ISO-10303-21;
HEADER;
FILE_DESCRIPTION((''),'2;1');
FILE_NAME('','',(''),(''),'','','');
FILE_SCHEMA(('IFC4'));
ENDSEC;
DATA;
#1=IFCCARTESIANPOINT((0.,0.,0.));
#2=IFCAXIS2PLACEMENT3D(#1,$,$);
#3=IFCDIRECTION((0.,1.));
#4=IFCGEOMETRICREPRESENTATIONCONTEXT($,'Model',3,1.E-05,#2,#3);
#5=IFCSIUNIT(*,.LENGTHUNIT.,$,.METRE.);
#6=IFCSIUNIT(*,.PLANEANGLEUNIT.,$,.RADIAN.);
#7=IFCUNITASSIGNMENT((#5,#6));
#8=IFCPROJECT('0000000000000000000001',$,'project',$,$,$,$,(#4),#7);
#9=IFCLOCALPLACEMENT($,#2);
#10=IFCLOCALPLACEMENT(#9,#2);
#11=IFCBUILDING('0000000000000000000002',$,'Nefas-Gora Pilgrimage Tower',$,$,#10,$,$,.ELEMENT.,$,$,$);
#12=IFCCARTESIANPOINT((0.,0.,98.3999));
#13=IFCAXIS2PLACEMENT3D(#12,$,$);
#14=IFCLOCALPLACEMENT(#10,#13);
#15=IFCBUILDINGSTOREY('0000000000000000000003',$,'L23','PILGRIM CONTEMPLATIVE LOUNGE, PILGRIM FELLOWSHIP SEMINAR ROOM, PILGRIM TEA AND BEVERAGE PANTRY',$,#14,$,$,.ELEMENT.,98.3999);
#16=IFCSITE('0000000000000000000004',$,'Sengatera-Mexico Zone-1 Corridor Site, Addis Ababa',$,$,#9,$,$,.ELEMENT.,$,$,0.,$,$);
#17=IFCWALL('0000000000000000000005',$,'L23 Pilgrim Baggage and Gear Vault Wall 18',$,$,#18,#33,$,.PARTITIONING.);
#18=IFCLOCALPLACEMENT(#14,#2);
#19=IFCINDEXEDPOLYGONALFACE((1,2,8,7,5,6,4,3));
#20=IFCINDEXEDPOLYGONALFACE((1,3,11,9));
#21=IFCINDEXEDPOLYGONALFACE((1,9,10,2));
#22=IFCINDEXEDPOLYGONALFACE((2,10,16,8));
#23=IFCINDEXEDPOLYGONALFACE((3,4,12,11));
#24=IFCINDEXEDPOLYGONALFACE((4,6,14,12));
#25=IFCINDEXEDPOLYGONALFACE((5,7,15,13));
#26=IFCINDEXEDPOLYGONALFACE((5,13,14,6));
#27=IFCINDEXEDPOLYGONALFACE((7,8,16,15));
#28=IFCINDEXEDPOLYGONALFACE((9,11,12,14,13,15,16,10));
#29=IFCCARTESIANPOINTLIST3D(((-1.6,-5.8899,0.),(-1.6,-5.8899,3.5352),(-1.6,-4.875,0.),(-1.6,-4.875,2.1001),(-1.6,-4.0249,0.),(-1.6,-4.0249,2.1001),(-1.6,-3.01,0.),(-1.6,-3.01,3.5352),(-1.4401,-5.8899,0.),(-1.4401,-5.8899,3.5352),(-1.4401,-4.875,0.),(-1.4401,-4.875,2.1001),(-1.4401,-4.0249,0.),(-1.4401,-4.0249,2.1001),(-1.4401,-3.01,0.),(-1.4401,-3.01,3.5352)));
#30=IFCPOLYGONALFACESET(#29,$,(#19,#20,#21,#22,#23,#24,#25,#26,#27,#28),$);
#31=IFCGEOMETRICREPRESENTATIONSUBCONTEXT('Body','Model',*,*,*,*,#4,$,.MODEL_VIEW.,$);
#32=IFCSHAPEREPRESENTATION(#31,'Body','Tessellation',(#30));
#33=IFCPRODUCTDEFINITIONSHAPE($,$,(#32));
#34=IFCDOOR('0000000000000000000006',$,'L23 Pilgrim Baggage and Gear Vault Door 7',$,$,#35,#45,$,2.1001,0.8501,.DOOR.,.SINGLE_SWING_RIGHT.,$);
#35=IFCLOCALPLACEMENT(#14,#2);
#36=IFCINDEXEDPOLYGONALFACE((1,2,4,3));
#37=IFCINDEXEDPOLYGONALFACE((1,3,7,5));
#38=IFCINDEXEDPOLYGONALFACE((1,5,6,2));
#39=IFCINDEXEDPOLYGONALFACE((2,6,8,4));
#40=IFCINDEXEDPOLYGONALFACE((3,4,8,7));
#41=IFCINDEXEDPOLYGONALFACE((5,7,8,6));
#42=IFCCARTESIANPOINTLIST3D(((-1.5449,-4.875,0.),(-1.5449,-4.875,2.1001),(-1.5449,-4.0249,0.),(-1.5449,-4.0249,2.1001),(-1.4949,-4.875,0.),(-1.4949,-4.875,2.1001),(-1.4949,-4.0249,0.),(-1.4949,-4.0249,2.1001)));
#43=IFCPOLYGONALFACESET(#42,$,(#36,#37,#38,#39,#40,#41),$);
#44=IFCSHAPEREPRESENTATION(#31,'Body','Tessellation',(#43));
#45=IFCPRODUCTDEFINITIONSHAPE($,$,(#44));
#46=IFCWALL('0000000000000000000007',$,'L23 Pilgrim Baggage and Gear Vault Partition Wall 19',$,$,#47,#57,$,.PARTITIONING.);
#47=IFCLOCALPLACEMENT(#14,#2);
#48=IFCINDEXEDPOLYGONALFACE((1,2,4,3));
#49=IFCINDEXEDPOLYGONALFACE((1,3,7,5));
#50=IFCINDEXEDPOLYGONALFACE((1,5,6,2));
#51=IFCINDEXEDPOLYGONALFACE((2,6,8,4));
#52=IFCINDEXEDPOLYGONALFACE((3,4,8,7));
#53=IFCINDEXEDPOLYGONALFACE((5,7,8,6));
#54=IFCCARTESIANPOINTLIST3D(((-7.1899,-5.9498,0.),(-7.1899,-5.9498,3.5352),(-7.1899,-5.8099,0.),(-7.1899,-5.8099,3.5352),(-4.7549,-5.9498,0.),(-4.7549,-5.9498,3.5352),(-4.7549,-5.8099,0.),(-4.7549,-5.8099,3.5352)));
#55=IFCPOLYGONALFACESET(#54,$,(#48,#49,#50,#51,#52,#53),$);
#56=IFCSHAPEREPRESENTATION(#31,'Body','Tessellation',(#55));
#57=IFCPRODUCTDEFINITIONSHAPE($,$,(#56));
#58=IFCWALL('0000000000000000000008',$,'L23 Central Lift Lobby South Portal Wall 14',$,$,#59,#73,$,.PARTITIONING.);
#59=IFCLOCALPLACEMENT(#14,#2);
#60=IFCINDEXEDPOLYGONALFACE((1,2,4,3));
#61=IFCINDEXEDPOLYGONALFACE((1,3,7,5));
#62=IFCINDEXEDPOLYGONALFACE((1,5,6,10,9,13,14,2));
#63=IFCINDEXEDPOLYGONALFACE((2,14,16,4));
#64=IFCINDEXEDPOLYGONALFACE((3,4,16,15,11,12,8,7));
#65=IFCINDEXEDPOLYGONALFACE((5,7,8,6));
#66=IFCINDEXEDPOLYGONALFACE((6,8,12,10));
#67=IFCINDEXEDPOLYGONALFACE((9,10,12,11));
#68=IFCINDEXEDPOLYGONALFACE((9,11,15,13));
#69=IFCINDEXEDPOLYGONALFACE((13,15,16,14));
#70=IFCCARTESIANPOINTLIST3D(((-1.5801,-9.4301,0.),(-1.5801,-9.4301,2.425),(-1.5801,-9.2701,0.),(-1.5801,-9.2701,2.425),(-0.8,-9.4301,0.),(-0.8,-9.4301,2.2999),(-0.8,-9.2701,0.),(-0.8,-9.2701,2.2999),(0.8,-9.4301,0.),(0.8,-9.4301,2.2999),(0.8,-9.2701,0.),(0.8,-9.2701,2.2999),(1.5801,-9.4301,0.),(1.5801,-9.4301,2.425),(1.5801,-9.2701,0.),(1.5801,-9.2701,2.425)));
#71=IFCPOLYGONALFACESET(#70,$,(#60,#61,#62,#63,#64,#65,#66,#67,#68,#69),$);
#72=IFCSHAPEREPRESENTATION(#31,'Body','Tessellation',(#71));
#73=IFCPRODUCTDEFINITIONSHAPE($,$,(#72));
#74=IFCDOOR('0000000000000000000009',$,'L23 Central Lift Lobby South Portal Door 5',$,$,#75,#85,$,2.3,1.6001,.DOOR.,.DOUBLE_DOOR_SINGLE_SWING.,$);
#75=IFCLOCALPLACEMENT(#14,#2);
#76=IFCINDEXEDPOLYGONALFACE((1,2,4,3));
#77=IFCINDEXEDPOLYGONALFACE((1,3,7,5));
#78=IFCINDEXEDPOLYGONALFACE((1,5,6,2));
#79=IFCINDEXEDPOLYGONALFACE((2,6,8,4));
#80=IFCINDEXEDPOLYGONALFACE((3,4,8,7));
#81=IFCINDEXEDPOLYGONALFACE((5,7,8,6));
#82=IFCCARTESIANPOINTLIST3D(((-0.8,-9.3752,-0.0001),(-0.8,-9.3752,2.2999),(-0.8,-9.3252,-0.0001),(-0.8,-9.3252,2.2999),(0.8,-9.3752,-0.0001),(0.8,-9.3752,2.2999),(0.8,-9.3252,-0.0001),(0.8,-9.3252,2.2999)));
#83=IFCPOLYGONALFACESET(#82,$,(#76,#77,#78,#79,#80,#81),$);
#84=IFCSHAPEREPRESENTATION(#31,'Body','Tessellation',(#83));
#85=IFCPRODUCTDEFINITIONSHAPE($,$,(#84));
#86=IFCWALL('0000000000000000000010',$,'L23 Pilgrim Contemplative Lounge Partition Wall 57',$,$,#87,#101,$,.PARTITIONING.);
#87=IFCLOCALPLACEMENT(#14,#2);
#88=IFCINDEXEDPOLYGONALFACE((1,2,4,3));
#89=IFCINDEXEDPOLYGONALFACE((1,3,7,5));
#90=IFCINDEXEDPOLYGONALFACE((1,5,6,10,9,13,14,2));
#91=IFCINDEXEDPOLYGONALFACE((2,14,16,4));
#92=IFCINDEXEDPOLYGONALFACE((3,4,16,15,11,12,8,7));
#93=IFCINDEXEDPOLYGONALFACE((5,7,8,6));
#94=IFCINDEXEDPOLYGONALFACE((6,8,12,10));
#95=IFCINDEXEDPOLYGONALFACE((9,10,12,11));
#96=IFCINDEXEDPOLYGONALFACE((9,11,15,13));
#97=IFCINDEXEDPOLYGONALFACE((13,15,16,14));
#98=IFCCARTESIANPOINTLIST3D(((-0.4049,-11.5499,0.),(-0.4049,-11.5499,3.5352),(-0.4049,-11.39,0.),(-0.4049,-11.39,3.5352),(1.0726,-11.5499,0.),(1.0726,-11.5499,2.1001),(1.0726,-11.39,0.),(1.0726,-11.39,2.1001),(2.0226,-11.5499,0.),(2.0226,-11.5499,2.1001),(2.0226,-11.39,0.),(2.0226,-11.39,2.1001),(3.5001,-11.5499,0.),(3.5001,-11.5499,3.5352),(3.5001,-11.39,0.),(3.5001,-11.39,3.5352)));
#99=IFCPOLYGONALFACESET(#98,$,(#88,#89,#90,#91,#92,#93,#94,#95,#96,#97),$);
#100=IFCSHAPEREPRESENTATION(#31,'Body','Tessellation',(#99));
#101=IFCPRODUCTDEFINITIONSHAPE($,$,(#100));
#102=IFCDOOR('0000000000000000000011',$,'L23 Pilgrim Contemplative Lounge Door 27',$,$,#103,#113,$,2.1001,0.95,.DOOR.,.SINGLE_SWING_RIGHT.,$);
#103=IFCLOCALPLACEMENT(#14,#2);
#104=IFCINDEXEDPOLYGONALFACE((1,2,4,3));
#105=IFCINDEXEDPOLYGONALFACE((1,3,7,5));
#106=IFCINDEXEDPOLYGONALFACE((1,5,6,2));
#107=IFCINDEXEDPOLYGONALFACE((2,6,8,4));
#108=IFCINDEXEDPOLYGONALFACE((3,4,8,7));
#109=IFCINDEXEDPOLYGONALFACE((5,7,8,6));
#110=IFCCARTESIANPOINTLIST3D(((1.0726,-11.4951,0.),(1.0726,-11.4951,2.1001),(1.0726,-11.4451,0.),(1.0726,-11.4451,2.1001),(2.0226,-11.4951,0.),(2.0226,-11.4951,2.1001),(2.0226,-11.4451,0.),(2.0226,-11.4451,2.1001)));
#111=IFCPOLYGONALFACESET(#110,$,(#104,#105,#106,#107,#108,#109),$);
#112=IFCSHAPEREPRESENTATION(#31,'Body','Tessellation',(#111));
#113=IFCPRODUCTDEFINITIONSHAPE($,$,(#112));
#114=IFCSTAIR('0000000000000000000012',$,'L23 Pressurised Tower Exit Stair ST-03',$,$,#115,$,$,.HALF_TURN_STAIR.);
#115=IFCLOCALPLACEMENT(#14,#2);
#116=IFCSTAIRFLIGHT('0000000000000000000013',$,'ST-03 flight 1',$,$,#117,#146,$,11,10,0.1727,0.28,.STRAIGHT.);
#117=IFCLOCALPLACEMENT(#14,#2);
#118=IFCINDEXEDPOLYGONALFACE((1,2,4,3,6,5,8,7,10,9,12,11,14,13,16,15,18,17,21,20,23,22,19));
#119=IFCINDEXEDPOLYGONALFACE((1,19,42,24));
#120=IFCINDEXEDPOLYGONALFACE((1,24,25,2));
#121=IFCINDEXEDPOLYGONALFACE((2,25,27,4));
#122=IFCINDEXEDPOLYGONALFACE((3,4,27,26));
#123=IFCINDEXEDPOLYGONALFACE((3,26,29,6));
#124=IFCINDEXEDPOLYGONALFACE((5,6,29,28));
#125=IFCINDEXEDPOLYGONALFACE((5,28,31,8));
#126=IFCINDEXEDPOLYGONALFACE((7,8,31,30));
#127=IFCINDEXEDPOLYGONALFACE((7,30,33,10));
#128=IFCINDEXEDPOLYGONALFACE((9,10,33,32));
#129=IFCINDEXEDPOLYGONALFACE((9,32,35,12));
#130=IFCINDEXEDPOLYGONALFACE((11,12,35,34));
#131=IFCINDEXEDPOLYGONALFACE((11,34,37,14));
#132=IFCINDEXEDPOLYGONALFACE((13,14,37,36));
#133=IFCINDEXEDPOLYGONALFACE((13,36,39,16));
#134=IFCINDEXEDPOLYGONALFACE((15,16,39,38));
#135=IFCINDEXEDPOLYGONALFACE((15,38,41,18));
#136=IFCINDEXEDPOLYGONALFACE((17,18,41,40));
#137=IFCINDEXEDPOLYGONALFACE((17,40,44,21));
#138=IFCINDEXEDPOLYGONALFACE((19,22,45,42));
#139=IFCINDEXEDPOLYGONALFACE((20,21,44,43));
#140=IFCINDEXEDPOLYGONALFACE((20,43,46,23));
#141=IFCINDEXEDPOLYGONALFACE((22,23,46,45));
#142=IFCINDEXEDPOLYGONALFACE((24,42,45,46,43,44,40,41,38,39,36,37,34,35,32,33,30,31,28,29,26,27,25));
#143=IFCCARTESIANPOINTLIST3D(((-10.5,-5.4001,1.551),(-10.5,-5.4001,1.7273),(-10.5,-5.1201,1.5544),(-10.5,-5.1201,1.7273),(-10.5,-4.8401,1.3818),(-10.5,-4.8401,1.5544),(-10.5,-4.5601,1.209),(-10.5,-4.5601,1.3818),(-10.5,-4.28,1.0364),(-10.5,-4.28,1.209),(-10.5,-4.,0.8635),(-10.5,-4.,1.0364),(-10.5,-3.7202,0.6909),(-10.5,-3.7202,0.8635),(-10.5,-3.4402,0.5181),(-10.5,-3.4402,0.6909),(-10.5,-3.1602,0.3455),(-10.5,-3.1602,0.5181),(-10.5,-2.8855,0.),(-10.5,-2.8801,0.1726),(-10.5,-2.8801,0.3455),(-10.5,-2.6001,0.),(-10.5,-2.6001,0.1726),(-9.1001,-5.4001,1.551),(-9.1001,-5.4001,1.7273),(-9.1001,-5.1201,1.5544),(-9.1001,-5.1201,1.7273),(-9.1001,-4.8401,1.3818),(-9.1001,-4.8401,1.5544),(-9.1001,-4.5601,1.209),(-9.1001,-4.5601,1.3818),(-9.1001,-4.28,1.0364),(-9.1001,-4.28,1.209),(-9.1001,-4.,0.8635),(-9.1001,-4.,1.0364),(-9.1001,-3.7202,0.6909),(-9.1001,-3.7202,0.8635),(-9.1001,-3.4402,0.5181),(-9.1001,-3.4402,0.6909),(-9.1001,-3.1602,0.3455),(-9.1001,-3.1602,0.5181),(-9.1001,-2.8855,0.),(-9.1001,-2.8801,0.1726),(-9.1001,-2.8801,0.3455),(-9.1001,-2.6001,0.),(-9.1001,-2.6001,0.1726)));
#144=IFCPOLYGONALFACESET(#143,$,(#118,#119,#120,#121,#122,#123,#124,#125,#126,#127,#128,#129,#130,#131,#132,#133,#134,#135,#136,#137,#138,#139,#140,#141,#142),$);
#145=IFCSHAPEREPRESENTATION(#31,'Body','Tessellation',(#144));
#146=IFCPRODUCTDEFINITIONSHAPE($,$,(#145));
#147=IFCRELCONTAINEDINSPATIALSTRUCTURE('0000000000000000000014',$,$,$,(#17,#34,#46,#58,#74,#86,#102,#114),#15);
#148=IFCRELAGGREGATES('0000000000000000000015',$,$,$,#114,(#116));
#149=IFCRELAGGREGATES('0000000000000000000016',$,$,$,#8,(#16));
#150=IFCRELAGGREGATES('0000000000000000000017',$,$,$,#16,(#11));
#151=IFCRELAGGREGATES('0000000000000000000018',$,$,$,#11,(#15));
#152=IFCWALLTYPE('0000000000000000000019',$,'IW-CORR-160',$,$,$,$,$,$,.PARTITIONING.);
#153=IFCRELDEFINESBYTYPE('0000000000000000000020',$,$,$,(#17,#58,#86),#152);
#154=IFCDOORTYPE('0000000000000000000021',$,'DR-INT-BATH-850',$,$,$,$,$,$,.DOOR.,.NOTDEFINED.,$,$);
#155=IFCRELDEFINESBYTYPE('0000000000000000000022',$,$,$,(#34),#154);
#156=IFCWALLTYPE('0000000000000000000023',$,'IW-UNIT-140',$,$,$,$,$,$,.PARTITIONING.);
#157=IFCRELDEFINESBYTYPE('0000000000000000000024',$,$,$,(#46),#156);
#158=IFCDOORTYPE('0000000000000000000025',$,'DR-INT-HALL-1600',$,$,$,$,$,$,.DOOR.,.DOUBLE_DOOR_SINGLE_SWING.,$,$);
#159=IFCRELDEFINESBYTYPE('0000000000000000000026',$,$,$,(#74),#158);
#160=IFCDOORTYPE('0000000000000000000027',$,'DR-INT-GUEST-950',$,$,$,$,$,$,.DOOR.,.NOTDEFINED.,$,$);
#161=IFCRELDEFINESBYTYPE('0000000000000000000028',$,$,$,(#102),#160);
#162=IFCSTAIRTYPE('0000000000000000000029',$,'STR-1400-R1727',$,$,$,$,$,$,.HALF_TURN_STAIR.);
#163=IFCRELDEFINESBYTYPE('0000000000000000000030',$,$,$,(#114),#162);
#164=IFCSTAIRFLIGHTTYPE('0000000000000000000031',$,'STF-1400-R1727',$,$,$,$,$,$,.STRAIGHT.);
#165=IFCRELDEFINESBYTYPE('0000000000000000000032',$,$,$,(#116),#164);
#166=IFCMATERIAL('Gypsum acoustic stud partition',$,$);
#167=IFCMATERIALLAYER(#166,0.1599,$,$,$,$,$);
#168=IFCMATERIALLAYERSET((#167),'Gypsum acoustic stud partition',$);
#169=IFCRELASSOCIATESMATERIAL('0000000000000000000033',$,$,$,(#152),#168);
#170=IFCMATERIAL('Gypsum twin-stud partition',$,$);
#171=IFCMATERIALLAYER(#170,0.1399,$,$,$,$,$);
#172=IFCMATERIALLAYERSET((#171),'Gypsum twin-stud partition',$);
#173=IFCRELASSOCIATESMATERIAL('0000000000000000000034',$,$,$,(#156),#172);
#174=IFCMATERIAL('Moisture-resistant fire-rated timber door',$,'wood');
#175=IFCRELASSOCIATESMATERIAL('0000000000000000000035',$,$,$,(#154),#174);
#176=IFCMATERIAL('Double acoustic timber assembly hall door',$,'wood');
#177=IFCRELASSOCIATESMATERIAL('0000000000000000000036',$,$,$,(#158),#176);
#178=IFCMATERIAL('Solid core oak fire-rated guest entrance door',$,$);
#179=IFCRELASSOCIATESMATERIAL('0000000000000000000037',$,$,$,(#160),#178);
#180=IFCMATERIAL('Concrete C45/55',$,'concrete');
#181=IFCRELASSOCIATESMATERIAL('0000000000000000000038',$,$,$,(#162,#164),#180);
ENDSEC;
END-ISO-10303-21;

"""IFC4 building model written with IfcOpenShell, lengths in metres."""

from ifc_helpers import new_model, si_unit, direction, frame, frame_2d, origin, place, context, subcontext, project, spatial, polyline, rectangle, outline, extrude, source, transform, mapped, material, layer, layer_set, type_object, element, fill, aggregate, save


model = new_model("IFC4")

# Units and contexts
model_context = context("Model", 3, precision=1e-05, world=origin(), true_north=direction((0.0, 1.0)))
body_context = subcontext(model_context, "Body", "Model", "MODEL_VIEW")
ifc_project = project(units=[si_unit("LENGTHUNIT", "METRE"), si_unit("PLANEANGLEUNIT", "RADIAN")], contexts=[model_context])

# Site, building, storey
site_placement = place(None, origin())
site = spatial("IfcSite", under=ifc_project, at=site_placement, Name="Sengatera-Mexico Zone-1 Corridor Site, Addis Ababa", CompositionType="ELEMENT", RefElevation=0.0)
building_placement = place(site_placement, origin())
building = spatial("IfcBuilding", under=site, at=building_placement, Name="Nefas-Gora Pilgrimage Tower", CompositionType="ELEMENT")
storey_placement = place(building_placement, frame((0.0, 0.0, 98.3999)))
storey = spatial("IfcBuildingStorey", under=building, at=storey_placement, Name="L23", Description="PILGRIM CONTEMPLATIVE LOUNGE, PILGRIM FELLOWSHIP SEMINAR ROOM, PILGRIM TEA AND BEVERAGE PANTRY", CompositionType="ELEMENT", Elevation=98.3999)

# Shared definitions
ifc_material_1 = material(Name="Concrete C45/55", Category="concrete")

# Shared definitions
ifc_material_2 = material(Name="Gypsum acoustic stud partition")
ifc_layer_1 = layer(ifc_material_2, 0.1599)
ifc_layer_set_1 = layer_set([ifc_layer_1], Name="Gypsum acoustic stud partition")
wall_type_1 = type_object("IfcWallType", Name="IW-CORR-160", PredefinedType="PARTITIONING", material=ifc_layer_set_1)
ifc_material_3 = material(Name="Gypsum twin-stud partition")
ifc_layer_2 = layer(ifc_material_3, 0.1399)
ifc_layer_set_2 = layer_set([ifc_layer_2], Name="Gypsum twin-stud partition")
wall_type_2 = type_object("IfcWallType", Name="IW-UNIT-140", PredefinedType="PARTITIONING", material=ifc_layer_set_2)

# Wall, opening, door
shared_shape_1 = source(origin(), body_context, "Body", "SweptSolid", [
    extrude(rectangle(XDim=2.8799, YDim=0.1599, at=frame_2d((1.4399, 0.0))), origin(), (0.0, 0.0, 1.0), 3.5352),
])
wall_1_placement = place(storey_placement, frame((-1.52, -5.8899, 0.0), z_axis=(0.0, 0.0, 1.0), x_axis=(0.0, 1.0, 0.0)))
wall_1 = element("IfcWall", 1, at=wall_1_placement, inside=storey, type_object=wall_type_1, Name="L23 Pilgrim Baggage and Gear Vault Wall 18", PredefinedType="PARTITIONING", context=body_context, shape_type="MappedRepresentation", body=[
    mapped(shared_shape_1, transform((0.0, 0.0, 0.0), x_axis=(1.0, 0.0, 0.0), y_axis=(0.0, 1.0, 0.0), z_axis=(0.0, 0.0, 1.0), scale=1.0)),
])
opening_1_placement = place(wall_1_placement, frame((1.0149, 0.0, 0.0)))
opening_1 = element("IfcOpeningElement", 2, at=opening_1_placement, cuts=wall_1, PredefinedType="OPENING", context=body_context, shape_type="SweptSolid", body=[
    extrude(rectangle(XDim=0.8501, YDim=2.1001, at=frame_2d((0.425, 1.05))), frame((0.0, 0.0898, 0.0), z_axis=(0.0, -1.0, 0.0), x_axis=(1.0, 0.0, 0.0)), (0.0, 0.0, 1.0), 0.1799),
])
ifc_material_4 = material(Name="Moisture-resistant fire-rated timber door", Category="wood")
door_type_1 = type_object("IfcDoorType", Name="DR-INT-BATH-850", OperationType="NOTDEFINED", PredefinedType="DOOR", material=ifc_material_4)
shared_shape_2 = source(origin(), body_context, "Body", "SweptSolid", [
    extrude(rectangle(XDim=0.8501, YDim=2.1001, at=frame_2d((0.425, 1.05))), frame((0.0, 0.0249, 0.0), z_axis=(0.0, -1.0, 0.0), x_axis=(1.0, 0.0, 0.0)), (0.0, 0.0, 1.0), 0.05),
])
door_1_placement = place(opening_1_placement, origin())
door_1 = element("IfcDoor", 3, at=door_1_placement, inside=storey, type_object=door_type_1, Name="L23 Pilgrim Baggage and Gear Vault Door 7", OperationType="SINGLE_SWING_RIGHT", OverallHeight=2.1001, OverallWidth=0.8501, PredefinedType="DOOR", context=body_context, shape_type="MappedRepresentation", body=[
    mapped(shared_shape_2, transform((0.0, 0.0, 0.0), x_axis=(1.0, 0.0, 0.0), y_axis=(0.0, 1.0, 0.0), z_axis=(0.0, 0.0, 1.0), scale=1.0)),
])
fill(opening_1, door_1)

# Wall
shared_shape_3 = source(origin(), body_context, "Body", "SweptSolid", [
    extrude(rectangle(XDim=2.4351, YDim=0.1399, at=frame_2d((1.2175, 0.0))), origin(), (0.0, 0.0, 1.0), 3.5352),
])
wall_2_placement = place(storey_placement, frame((-7.1899, -5.8799, 0.0), z_axis=(0.0, 0.0, 1.0), x_axis=(1.0, 0.0, 0.0)))
element("IfcWall", 4, at=wall_2_placement, inside=storey, type_object=wall_type_2, Name="L23 Pilgrim Baggage and Gear Vault Partition Wall 19", PredefinedType="PARTITIONING", context=body_context, shape_type="MappedRepresentation", body=[
    mapped(shared_shape_3, transform((0.0, 0.0, 0.0), x_axis=(1.0, 0.0, 0.0), y_axis=(0.0, 1.0, 0.0), z_axis=(0.0, 0.0, 1.0), scale=1.0)),
])

# Walls, openings, doors
shared_shape_4 = source(origin(), body_context, "Body", "SweptSolid", [
    extrude(rectangle(XDim=3.1602, YDim=0.1599, at=frame_2d((1.5801, 0.0))), origin(), (0.0, 0.0, 1.0), 2.425),
])
wall_3_placement = place(storey_placement, frame((-1.5801, -9.3501, 0.0), z_axis=(0.0, 0.0, 1.0), x_axis=(1.0, 0.0, 0.0)))
wall_3 = element("IfcWall", 5, at=wall_3_placement, inside=storey, type_object=wall_type_1, Name="L23 Central Lift Lobby South Portal Wall 14", PredefinedType="PARTITIONING", context=body_context, shape_type="MappedRepresentation", body=[
    mapped(shared_shape_4, transform((0.0, 0.0, 0.0), x_axis=(1.0, 0.0, 0.0), y_axis=(0.0, 1.0, 0.0), z_axis=(0.0, 0.0, 1.0), scale=1.0)),
])
opening_2_placement = place(wall_3_placement, frame((0.78, 0.0, 0.0)))
opening_2 = element("IfcOpeningElement", 6, at=opening_2_placement, cuts=wall_3, PredefinedType="OPENING", context=body_context, shape_type="SweptSolid", body=[
    extrude(rectangle(XDim=1.6001, YDim=2.3, at=frame_2d((0.8, 1.1499))), frame((0.0, 0.0898, 0.0), z_axis=(0.0, -1.0, 0.0), x_axis=(1.0, 0.0, 0.0)), (0.0, 0.0, 1.0), 0.1799),
])
ifc_material_5 = material(Name="Double acoustic timber assembly hall door", Category="wood")
door_type_2 = type_object("IfcDoorType", Name="DR-INT-HALL-1600", OperationType="DOUBLE_DOOR_SINGLE_SWING", PredefinedType="DOOR", material=ifc_material_5)
shared_shape_5 = source(origin(), body_context, "Body", "SweptSolid", [
    extrude(rectangle(XDim=1.6001, YDim=2.3, at=frame_2d((0.8, 1.1499))), frame((0.0, 0.0249, 0.0), z_axis=(0.0, -1.0, 0.0), x_axis=(1.0, 0.0, 0.0)), (0.0, 0.0, 1.0), 0.05),
])
door_2_placement = place(opening_2_placement, origin())
door_2 = element("IfcDoor", 7, at=door_2_placement, inside=storey, type_object=door_type_2, Name="L23 Central Lift Lobby South Portal Door 5", OperationType="DOUBLE_DOOR_SINGLE_SWING", OverallHeight=2.3, OverallWidth=1.6001, PredefinedType="DOOR", context=body_context, shape_type="MappedRepresentation", body=[
    mapped(shared_shape_5, transform((0.0, 0.0, 0.0), x_axis=(1.0, 0.0, 0.0), y_axis=(0.0, 1.0, 0.0), z_axis=(0.0, 0.0, 1.0), scale=1.0)),
])
fill(opening_2, door_2)
shared_shape_6 = source(origin(), body_context, "Body", "SweptSolid", [
    extrude(rectangle(XDim=3.905, YDim=0.1599, at=frame_2d((1.9526, 0.0))), origin(), (0.0, 0.0, 1.0), 3.5352),
])
wall_4_placement = place(storey_placement, frame((-0.405, -11.47, 0.0), z_axis=(0.0, 0.0, 1.0), x_axis=(1.0, 0.0, 0.0)))
wall_4 = element("IfcWall", 8, at=wall_4_placement, inside=storey, type_object=wall_type_1, Name="L23 Pilgrim Contemplative Lounge Partition Wall 57", PredefinedType="PARTITIONING", context=body_context, shape_type="MappedRepresentation", body=[
    mapped(shared_shape_6, transform((0.0, 0.0, 0.0), x_axis=(1.0, 0.0, 0.0), y_axis=(0.0, 1.0, 0.0), z_axis=(0.0, 0.0, 1.0), scale=1.0)),
])
opening_3_placement = place(wall_4_placement, frame((1.4775, 0.0, 0.0)))
opening_3 = element("IfcOpeningElement", 9, at=opening_3_placement, cuts=wall_4, PredefinedType="OPENING", context=body_context, shape_type="SweptSolid", body=[
    extrude(rectangle(XDim=0.95, YDim=2.1001, at=frame_2d((0.4751, 1.05))), frame((0.0, 0.0898, 0.0), z_axis=(0.0, -1.0, 0.0), x_axis=(1.0, 0.0, 0.0)), (0.0, 0.0, 1.0), 0.1799),
])
ifc_material_6 = material(Name="Solid core oak fire-rated guest entrance door")
door_type_3 = type_object("IfcDoorType", Name="DR-INT-GUEST-950", OperationType="NOTDEFINED", PredefinedType="DOOR", material=ifc_material_6)
shared_shape_7 = source(origin(), body_context, "Body", "SweptSolid", [
    extrude(rectangle(XDim=0.95, YDim=2.1001, at=frame_2d((0.4751, 1.05))), frame((0.0, 0.0249, 0.0), z_axis=(0.0, -1.0, 0.0), x_axis=(1.0, 0.0, 0.0)), (0.0, 0.0, 1.0), 0.05),
])
door_3_placement = place(opening_3_placement, origin())
door_3 = element("IfcDoor", 10, at=door_3_placement, inside=storey, type_object=door_type_3, Name="L23 Pilgrim Contemplative Lounge Door 27", OperationType="SINGLE_SWING_RIGHT", OverallHeight=2.1001, OverallWidth=0.95, PredefinedType="DOOR", context=body_context, shape_type="MappedRepresentation", body=[
    mapped(shared_shape_7, transform((0.0, 0.0, 0.0), x_axis=(1.0, 0.0, 0.0), y_axis=(0.0, 1.0, 0.0), z_axis=(0.0, 0.0, 1.0), scale=1.0)),
])
fill(opening_3, door_3)

# Stair, stair flight
stair_type = type_object("IfcStairType", Name="STR-1400-R1727", PredefinedType="HALF_TURN_STAIR", material=ifc_material_1)
stair_placement = place(storey_placement, origin())
stair = element("IfcStair", 11, at=stair_placement, inside=storey, type_object=stair_type, Name="L23 Pressurised Tower Exit Stair ST-03", PredefinedType="HALF_TURN_STAIR")
stair_flight_type = type_object("IfcStairFlightType", Name="STF-1400-R1727", PredefinedType="STRAIGHT", material=ifc_material_1)
shared_shape_8 = source(origin(), body_context, "Body", "SweptSolid", [
    extrude(outline(polyline([(0.0, 0.0), (0.0, 0.1726), (0.28, 0.1726), (0.28, 0.3455), (0.5601, 0.3455), (0.5601, 0.5181), (0.8401, 0.5181), (0.8401, 0.6909), (1.1201, 0.6909), (1.1201, 0.8635), (1.3999, 0.8635), (1.3999, 1.0364), (1.6799, 1.0364), (1.6799, 1.209), (1.96, 1.209), (1.96, 1.3818), (2.24, 1.3818), (2.24, 1.5544), (2.52, 1.5544), (2.52, 1.7273), (2.8, 1.7273), (2.8, 1.8999), (2.8, 1.551), (0.2854, 0.0), (0.0, 0.0)])), frame((0.0, 0.7, 0.0), z_axis=(0.0, -1.0, 0.0), x_axis=(1.0, 0.0, 0.0)), (0.0, 0.0, 1.0), 1.3999),
])
stair_flight_1_placement = place(storey_placement, frame((-9.8, -2.6001, 0.0), z_axis=(0.0, 0.0, 1.0), x_axis=(0.0, -1.0, 0.0)))
stair_flight_1 = element("IfcStairFlight", 12, at=stair_flight_1_placement, type_object=stair_flight_type, Name="ST-03 flight 1", NumberOfRisers=11, NumberOfTreads=10, PredefinedType="STRAIGHT", RiserHeight=0.1727, TreadLength=0.28, context=body_context, shape_type="MappedRepresentation", body=[
    mapped(shared_shape_8, transform((0.0, 0.0, 0.0), x_axis=(1.0, 0.0, 0.0), y_axis=(0.0, 1.0, 0.0), z_axis=(0.0, 0.0, 1.0), scale=1.0)),
])
aggregate(stair, [stair_flight_1])

save(model, "model.ifc")
